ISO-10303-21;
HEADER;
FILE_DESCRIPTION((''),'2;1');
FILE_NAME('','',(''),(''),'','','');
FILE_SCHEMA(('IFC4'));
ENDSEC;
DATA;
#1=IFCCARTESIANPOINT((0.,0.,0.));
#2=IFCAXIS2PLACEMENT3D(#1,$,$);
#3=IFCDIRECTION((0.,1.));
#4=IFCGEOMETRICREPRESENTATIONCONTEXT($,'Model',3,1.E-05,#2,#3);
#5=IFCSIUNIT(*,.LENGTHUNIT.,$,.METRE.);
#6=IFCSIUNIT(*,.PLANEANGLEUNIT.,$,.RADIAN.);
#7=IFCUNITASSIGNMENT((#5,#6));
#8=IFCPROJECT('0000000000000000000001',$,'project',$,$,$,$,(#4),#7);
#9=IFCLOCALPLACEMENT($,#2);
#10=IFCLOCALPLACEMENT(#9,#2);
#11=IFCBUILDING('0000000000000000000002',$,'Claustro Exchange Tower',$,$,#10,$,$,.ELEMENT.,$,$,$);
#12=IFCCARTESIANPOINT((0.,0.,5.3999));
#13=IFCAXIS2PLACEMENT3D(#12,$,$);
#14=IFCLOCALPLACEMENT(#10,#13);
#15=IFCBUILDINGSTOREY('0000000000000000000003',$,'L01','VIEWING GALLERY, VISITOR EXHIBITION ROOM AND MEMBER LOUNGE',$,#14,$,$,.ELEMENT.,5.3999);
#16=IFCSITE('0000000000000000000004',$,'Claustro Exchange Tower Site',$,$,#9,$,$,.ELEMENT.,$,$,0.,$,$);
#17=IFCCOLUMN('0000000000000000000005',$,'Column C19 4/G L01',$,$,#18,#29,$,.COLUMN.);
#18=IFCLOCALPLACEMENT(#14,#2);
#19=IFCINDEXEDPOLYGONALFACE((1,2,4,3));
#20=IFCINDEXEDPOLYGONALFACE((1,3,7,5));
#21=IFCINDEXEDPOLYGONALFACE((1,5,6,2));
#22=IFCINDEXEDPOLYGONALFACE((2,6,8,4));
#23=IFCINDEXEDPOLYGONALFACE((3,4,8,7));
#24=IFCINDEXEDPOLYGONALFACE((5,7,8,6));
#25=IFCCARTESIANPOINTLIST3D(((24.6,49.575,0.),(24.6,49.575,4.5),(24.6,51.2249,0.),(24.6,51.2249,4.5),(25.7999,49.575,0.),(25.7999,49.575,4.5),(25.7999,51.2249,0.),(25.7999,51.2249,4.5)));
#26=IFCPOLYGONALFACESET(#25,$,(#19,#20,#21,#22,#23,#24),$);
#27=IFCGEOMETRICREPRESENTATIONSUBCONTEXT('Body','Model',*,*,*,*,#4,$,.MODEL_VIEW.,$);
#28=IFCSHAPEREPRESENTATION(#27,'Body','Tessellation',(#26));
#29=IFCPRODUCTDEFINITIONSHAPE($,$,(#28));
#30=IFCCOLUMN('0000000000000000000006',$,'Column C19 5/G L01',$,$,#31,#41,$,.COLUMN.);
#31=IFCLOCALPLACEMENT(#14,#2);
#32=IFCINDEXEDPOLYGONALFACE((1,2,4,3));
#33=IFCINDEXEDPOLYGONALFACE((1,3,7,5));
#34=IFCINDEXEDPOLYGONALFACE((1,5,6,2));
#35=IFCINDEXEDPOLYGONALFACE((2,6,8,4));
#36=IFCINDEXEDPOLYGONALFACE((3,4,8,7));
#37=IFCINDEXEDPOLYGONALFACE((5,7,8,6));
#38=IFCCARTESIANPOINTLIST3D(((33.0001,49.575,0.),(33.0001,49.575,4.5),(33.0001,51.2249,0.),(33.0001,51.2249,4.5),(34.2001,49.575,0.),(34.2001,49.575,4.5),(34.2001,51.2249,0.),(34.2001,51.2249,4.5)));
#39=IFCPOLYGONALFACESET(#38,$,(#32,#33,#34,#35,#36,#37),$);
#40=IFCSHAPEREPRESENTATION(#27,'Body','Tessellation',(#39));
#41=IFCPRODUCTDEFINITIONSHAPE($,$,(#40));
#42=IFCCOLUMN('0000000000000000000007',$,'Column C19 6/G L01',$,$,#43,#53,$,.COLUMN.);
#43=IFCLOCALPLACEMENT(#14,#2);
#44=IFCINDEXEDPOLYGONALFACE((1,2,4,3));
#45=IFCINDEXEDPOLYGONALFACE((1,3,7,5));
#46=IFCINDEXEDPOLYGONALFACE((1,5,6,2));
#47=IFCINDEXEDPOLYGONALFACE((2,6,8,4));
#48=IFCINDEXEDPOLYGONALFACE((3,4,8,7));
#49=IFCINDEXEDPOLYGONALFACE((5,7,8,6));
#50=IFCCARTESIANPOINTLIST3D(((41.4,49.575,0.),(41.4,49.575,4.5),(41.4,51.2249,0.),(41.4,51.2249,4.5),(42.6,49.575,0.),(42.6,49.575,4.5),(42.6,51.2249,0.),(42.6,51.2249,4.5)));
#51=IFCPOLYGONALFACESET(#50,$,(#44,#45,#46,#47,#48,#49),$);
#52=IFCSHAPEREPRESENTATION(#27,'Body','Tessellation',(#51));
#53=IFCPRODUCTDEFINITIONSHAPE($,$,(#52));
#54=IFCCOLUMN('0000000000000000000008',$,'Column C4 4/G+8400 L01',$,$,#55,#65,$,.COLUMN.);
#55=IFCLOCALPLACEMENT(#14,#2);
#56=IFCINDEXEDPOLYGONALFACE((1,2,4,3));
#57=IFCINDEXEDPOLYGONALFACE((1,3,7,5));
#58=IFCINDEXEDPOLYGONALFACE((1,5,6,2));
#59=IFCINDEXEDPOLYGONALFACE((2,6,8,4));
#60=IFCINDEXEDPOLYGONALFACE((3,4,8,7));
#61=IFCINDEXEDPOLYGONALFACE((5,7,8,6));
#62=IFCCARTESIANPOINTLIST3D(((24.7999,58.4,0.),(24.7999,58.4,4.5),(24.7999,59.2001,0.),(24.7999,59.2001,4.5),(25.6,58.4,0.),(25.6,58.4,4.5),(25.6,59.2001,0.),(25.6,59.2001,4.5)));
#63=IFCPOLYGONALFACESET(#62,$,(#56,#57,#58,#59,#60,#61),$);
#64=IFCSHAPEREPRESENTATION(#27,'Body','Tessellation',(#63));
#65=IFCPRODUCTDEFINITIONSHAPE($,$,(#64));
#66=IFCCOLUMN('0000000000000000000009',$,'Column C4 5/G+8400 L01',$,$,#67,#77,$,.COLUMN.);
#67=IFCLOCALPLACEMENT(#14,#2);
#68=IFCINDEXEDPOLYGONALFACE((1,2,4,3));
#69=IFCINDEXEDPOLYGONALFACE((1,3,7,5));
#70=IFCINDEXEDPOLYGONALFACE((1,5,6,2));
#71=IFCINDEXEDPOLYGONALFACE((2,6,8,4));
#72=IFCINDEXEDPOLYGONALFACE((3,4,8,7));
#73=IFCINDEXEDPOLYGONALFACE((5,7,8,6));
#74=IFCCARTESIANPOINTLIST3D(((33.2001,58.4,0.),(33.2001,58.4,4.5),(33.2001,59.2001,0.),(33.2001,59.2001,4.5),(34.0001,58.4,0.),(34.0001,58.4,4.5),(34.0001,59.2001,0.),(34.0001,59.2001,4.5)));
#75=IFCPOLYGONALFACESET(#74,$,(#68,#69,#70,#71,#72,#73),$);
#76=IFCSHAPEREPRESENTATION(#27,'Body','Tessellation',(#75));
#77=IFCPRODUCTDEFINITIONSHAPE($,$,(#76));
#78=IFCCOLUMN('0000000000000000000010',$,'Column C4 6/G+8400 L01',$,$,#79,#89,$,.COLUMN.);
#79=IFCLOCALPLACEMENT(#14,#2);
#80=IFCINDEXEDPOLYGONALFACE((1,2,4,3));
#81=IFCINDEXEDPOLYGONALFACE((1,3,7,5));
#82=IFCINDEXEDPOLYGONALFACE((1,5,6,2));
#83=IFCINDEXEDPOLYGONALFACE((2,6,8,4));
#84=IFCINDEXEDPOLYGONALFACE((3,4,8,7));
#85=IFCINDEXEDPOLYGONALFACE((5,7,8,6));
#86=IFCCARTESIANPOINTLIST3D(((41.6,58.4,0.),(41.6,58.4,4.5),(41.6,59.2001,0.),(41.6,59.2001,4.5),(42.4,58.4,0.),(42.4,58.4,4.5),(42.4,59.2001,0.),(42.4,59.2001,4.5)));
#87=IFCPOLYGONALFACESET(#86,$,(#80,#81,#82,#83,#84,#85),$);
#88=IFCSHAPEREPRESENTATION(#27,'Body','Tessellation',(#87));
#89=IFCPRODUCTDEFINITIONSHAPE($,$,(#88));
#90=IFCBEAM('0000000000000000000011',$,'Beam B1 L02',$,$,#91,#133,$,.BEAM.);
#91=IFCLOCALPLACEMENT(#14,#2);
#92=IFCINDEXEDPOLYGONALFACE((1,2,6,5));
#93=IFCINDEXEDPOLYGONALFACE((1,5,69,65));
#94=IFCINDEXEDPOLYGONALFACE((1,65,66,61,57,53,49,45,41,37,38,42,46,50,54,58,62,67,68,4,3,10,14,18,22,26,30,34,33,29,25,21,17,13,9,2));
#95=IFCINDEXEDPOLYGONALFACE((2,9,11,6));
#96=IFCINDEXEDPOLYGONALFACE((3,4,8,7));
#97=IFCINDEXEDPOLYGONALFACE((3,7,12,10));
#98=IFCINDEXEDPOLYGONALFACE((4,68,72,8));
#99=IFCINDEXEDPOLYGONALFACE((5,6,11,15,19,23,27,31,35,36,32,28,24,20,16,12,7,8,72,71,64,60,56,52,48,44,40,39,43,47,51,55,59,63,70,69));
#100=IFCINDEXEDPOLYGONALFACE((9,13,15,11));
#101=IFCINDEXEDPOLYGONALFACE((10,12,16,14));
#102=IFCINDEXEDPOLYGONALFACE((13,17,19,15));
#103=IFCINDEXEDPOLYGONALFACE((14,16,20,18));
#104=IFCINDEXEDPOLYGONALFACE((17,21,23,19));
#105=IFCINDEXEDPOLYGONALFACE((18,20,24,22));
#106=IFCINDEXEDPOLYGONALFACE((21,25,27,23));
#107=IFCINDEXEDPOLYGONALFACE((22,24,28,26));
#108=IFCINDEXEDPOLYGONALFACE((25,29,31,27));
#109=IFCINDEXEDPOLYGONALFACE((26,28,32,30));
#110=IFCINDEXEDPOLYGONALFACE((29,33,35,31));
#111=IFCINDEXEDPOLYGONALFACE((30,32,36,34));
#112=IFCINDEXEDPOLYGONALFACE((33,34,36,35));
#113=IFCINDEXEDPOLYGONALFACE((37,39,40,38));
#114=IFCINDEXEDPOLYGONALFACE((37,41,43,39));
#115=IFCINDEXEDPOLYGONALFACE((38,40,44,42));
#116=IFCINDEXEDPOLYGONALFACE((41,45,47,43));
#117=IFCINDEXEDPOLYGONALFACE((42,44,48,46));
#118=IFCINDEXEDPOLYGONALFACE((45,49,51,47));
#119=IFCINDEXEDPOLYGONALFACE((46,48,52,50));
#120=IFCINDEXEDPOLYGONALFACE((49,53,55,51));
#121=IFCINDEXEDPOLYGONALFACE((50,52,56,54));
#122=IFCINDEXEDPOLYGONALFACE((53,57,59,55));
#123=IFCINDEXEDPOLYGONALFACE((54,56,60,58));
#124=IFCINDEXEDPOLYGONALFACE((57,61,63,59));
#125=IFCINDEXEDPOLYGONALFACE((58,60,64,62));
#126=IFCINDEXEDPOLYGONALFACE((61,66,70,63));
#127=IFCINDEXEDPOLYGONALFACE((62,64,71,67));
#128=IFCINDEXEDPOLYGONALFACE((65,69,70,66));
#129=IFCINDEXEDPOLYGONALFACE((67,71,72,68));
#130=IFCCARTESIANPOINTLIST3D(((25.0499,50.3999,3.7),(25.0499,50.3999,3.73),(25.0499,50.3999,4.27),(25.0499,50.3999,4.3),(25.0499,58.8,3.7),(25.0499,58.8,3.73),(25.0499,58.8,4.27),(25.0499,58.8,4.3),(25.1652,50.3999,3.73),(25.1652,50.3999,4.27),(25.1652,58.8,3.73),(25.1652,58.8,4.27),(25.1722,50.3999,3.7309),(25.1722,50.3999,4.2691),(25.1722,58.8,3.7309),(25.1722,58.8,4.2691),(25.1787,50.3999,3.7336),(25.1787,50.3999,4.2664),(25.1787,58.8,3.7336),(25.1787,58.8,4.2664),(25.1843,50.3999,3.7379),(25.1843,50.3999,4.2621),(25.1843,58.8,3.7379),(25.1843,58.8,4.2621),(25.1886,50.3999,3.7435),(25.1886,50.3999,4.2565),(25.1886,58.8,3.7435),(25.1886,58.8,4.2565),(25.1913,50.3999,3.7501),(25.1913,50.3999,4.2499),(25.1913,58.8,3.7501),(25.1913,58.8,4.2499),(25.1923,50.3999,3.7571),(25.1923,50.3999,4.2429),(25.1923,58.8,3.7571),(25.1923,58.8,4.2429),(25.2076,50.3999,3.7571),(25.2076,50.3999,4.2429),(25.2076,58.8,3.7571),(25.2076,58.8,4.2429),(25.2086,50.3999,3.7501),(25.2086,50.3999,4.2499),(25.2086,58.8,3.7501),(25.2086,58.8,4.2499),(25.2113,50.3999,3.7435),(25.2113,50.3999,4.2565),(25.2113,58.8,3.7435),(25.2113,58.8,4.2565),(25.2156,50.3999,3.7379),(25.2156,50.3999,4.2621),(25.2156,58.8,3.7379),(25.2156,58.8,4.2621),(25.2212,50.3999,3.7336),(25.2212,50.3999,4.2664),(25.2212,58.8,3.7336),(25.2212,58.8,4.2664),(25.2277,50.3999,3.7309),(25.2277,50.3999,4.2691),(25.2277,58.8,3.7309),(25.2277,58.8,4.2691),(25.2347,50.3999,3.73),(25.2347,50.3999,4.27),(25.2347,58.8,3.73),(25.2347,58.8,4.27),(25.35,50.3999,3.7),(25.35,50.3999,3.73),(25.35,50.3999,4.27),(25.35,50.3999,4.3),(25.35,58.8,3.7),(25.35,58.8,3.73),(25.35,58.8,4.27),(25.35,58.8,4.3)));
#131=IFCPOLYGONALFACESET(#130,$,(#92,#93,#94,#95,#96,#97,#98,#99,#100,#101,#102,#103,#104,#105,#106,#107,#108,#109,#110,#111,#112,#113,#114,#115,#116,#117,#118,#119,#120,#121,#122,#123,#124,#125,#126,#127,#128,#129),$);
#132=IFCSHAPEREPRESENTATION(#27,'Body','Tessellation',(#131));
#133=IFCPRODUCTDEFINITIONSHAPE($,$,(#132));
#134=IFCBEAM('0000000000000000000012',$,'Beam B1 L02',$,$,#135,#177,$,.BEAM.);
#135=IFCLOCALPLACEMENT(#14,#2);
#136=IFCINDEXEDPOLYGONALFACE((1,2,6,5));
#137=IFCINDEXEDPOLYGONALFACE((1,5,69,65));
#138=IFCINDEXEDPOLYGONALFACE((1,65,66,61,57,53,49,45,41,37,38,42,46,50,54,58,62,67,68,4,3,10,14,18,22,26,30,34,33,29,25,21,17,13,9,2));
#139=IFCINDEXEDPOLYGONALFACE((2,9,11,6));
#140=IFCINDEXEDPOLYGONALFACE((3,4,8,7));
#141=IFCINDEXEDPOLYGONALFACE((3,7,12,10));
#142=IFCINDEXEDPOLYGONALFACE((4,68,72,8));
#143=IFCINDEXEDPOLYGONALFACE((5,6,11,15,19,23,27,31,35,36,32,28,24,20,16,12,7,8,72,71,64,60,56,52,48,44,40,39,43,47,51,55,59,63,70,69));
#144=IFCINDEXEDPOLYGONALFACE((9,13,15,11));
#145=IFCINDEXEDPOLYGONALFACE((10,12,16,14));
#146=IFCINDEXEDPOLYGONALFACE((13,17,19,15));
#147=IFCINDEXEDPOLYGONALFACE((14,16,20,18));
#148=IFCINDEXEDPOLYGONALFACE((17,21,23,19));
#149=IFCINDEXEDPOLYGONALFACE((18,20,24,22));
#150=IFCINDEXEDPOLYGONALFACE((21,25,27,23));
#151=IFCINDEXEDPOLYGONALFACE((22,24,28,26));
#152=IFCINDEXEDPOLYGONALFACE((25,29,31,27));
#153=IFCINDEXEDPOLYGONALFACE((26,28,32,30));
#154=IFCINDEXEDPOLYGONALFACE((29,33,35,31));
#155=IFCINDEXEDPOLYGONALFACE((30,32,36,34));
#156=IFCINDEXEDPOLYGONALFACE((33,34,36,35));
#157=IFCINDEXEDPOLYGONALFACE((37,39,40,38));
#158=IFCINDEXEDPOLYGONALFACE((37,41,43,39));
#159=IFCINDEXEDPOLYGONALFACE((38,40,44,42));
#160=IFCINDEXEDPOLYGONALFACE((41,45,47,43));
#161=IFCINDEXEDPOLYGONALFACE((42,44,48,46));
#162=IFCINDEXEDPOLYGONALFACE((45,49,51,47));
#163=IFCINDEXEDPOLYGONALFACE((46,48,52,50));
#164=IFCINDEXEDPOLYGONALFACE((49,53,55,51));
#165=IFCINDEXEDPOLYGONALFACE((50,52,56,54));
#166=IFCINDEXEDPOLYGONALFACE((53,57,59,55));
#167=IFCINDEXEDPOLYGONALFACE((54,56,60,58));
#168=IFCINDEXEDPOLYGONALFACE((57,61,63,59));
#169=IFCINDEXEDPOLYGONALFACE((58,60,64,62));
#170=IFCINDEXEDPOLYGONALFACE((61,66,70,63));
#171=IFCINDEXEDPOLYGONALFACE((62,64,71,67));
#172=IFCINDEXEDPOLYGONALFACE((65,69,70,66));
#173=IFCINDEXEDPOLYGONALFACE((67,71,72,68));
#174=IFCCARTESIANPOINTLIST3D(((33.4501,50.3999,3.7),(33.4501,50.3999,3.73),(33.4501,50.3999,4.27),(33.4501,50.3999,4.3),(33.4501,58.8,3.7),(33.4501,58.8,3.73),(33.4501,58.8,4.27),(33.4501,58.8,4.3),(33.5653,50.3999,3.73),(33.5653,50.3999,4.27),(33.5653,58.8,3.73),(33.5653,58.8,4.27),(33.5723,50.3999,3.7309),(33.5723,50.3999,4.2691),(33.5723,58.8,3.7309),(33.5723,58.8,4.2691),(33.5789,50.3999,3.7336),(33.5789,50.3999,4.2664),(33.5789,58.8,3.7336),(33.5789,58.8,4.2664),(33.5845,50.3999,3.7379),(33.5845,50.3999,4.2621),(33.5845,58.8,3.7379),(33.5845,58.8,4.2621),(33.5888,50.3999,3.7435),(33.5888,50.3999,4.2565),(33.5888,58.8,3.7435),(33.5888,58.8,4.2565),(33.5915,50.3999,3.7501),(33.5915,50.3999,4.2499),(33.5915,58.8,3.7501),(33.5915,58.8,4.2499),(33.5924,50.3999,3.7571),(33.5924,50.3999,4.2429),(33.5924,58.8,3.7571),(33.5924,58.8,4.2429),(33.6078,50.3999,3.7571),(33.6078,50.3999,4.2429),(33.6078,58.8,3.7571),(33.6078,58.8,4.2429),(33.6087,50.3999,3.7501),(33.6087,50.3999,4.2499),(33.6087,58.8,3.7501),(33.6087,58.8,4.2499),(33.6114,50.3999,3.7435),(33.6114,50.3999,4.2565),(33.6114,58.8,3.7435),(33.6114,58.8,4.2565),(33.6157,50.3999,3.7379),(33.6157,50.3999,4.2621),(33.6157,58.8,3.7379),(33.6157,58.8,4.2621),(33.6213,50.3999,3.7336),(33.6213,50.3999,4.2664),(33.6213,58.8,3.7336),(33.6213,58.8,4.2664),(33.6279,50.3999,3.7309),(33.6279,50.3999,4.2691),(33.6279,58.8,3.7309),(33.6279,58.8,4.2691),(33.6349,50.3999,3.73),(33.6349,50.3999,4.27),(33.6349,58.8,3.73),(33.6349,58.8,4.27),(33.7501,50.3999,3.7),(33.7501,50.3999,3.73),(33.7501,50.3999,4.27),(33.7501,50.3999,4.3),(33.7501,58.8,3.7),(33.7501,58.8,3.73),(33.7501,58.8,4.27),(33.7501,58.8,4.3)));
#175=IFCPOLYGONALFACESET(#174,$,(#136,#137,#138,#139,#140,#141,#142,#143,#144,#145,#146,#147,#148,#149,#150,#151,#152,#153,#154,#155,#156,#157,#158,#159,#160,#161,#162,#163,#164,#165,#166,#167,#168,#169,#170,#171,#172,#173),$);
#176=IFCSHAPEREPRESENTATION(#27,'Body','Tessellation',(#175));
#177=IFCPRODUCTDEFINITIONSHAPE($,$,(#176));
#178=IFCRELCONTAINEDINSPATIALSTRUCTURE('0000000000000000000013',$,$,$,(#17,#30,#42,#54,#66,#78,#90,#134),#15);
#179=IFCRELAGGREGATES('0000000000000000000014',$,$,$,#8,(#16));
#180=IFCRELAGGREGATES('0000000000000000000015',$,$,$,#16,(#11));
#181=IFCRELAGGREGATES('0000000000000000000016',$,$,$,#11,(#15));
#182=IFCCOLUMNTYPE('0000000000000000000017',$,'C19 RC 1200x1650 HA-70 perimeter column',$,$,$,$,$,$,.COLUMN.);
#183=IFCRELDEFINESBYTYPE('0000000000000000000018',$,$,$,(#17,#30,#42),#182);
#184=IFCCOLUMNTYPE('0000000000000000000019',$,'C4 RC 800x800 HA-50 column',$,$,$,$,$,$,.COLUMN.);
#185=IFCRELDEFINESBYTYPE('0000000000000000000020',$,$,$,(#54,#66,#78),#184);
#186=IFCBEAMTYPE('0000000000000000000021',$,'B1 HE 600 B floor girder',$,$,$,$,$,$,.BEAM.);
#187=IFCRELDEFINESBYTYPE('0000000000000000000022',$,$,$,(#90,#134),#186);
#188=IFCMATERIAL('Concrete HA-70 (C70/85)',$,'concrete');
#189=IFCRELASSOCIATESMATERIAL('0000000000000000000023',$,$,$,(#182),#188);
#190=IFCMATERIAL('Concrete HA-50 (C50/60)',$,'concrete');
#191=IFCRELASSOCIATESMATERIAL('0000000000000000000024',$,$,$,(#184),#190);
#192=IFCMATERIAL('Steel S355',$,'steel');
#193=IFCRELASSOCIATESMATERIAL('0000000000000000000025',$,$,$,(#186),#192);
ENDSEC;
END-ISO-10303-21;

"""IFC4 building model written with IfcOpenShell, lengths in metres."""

from ifc_helpers import new_model, si_unit, direction, frame, origin, origin_2d, place, context, subcontext, project, spatial, rectangle, i_section, extrude, material, material_profile, profile_set, type_object, element, save


model = new_model("IFC4")

# Units and contexts
model_context = context("Model", 3, precision=1e-05, world=origin(), true_north=direction((0.0, 1.0)))
body_context = subcontext(model_context, "Body", "Model", "MODEL_VIEW")
ifc_project = project(units=[si_unit("LENGTHUNIT", "METRE"), si_unit("PLANEANGLEUNIT", "RADIAN")], contexts=[model_context])

# Site, building, storey
site_placement = place(None, origin())
site = spatial("IfcSite", under=ifc_project, at=site_placement, Name="Claustro Exchange Tower Site", CompositionType="ELEMENT", RefElevation=0.0)
building_placement = place(site_placement, origin())
building = spatial("IfcBuilding", under=site, at=building_placement, Name="Claustro Exchange Tower", CompositionType="ELEMENT")
storey_placement = place(building_placement, frame((0.0, 0.0, 5.3999)))
storey = spatial("IfcBuildingStorey", under=building, at=storey_placement, Name="L01", Description="VIEWING GALLERY, VISITOR EXHIBITION ROOM AND MEMBER LOUNGE", CompositionType="ELEMENT", Elevation=5.3999)

# Columns
ifc_material_1 = material(Name="Concrete HA-70 (C70/85)", Category="concrete")
ifc_material_profile_1 = material_profile(ifc_material_1, rectangle(XDim=1.2, YDim=1.6499, at=origin_2d()), Name="RC 1200x1650")
ifc_profile_set_1 = profile_set([ifc_material_profile_1], Name="Concrete HA-70 (C70/85)")
column_type_1 = type_object("IfcColumnType", Name="C19 RC 1200x1650 HA-70 perimeter column", PredefinedType="COLUMN", material=ifc_profile_set_1)
for number, where, z_axis, x_axis, name in (
    (1, (25.2, 50.3999, 0.0), (0.0, 0.0, 1.0), (1.0, 0.0, 0.0), "Column C19 4/G L01"),
    (2, (33.6001, 50.3999, 0.0), (0.0, 0.0, 1.0), (1.0, 0.0, 0.0), "Column C19 5/G L01"),
    (3, (42.0, 50.3999, 0.0), (0.0, 0.0, 1.0), (1.0, 0.0, 0.0), "Column C19 6/G L01"),
):
    element("IfcColumn", number, at=place(storey_placement, frame(where, z_axis=z_axis, x_axis=x_axis)), inside=storey, type_object=column_type_1, Name=name, PredefinedType="COLUMN", context=body_context, shape_type="SweptSolid", body=[
        extrude(rectangle(XDim=1.2, YDim=1.6499, at=origin_2d()), origin(), (0.0, 0.0, 1.0), 4.5),
    ])
ifc_material_2 = material(Name="Concrete HA-50 (C50/60)", Category="concrete")
ifc_material_profile_2 = material_profile(ifc_material_2, rectangle(XDim=0.8, YDim=0.8, at=origin_2d()), Name="RC 800x800")
ifc_profile_set_2 = profile_set([ifc_material_profile_2], Name="Concrete HA-50 (C50/60)")
column_type_2 = type_object("IfcColumnType", Name="C4 RC 800x800 HA-50 column", PredefinedType="COLUMN", material=ifc_profile_set_2)
for number, where, z_axis, x_axis, name in (
    (4, (25.2, 58.8, 0.0), (0.0, 0.0, 1.0), (1.0, 0.0, 0.0), "Column C4 4/G+8400 L01"),
    (5, (33.6001, 58.8, 0.0), (0.0, 0.0, 1.0), (1.0, 0.0, 0.0), "Column C4 5/G+8400 L01"),
    (6, (42.0, 58.8, 0.0), (0.0, 0.0, 1.0), (1.0, 0.0, 0.0), "Column C4 6/G+8400 L01"),
):
    element("IfcColumn", number, at=place(storey_placement, frame(where, z_axis=z_axis, x_axis=x_axis)), inside=storey, type_object=column_type_2, Name=name, PredefinedType="COLUMN", context=body_context, shape_type="SweptSolid", body=[
        extrude(rectangle(XDim=0.8, YDim=0.8, at=origin_2d()), origin(), (0.0, 0.0, 1.0), 4.5),
    ])

# Beams
ifc_material_3 = material(Name="Steel S355", Category="steel")
ifc_material_profile_3 = material_profile(ifc_material_3, i_section(OverallWidth=0.3, OverallDepth=0.6001, WebThickness=0.0154, FlangeThickness=0.03, FilletRadius=0.0271, at=origin_2d()), Name="HE 600 B")
ifc_profile_set_3 = profile_set([ifc_material_profile_3], Name="Steel S355")
beam_type_1 = type_object("IfcBeamType", Name="B1 HE 600 B floor girder", PredefinedType="BEAM", material=ifc_profile_set_3)
for number, where, z_axis, x_axis, name in (
    (7, (25.2, 50.3999, 4.0), (0.0, 1.0, 0.0), (-1.0, 0.0, 0.0), "Beam B1 L02"),
    (8, (33.6001, 50.3999, 4.0), (0.0, 1.0, 0.0), (-1.0, 0.0, 0.0), "Beam B1 L02"),
):
    element("IfcBeam", number, at=place(storey_placement, frame(where, z_axis=z_axis, x_axis=x_axis)), inside=storey, type_object=beam_type_1, Name=name, PredefinedType="BEAM", context=body_context, shape_type="SweptSolid", body=[
        extrude(i_section(OverallWidth=0.3, OverallDepth=0.6001, WebThickness=0.0154, FlangeThickness=0.03, FilletRadius=0.0271, at=origin_2d()), origin(), (0.0, 0.0, 1.0), 8.4001),
    ])

save(model, "model.ifc")
